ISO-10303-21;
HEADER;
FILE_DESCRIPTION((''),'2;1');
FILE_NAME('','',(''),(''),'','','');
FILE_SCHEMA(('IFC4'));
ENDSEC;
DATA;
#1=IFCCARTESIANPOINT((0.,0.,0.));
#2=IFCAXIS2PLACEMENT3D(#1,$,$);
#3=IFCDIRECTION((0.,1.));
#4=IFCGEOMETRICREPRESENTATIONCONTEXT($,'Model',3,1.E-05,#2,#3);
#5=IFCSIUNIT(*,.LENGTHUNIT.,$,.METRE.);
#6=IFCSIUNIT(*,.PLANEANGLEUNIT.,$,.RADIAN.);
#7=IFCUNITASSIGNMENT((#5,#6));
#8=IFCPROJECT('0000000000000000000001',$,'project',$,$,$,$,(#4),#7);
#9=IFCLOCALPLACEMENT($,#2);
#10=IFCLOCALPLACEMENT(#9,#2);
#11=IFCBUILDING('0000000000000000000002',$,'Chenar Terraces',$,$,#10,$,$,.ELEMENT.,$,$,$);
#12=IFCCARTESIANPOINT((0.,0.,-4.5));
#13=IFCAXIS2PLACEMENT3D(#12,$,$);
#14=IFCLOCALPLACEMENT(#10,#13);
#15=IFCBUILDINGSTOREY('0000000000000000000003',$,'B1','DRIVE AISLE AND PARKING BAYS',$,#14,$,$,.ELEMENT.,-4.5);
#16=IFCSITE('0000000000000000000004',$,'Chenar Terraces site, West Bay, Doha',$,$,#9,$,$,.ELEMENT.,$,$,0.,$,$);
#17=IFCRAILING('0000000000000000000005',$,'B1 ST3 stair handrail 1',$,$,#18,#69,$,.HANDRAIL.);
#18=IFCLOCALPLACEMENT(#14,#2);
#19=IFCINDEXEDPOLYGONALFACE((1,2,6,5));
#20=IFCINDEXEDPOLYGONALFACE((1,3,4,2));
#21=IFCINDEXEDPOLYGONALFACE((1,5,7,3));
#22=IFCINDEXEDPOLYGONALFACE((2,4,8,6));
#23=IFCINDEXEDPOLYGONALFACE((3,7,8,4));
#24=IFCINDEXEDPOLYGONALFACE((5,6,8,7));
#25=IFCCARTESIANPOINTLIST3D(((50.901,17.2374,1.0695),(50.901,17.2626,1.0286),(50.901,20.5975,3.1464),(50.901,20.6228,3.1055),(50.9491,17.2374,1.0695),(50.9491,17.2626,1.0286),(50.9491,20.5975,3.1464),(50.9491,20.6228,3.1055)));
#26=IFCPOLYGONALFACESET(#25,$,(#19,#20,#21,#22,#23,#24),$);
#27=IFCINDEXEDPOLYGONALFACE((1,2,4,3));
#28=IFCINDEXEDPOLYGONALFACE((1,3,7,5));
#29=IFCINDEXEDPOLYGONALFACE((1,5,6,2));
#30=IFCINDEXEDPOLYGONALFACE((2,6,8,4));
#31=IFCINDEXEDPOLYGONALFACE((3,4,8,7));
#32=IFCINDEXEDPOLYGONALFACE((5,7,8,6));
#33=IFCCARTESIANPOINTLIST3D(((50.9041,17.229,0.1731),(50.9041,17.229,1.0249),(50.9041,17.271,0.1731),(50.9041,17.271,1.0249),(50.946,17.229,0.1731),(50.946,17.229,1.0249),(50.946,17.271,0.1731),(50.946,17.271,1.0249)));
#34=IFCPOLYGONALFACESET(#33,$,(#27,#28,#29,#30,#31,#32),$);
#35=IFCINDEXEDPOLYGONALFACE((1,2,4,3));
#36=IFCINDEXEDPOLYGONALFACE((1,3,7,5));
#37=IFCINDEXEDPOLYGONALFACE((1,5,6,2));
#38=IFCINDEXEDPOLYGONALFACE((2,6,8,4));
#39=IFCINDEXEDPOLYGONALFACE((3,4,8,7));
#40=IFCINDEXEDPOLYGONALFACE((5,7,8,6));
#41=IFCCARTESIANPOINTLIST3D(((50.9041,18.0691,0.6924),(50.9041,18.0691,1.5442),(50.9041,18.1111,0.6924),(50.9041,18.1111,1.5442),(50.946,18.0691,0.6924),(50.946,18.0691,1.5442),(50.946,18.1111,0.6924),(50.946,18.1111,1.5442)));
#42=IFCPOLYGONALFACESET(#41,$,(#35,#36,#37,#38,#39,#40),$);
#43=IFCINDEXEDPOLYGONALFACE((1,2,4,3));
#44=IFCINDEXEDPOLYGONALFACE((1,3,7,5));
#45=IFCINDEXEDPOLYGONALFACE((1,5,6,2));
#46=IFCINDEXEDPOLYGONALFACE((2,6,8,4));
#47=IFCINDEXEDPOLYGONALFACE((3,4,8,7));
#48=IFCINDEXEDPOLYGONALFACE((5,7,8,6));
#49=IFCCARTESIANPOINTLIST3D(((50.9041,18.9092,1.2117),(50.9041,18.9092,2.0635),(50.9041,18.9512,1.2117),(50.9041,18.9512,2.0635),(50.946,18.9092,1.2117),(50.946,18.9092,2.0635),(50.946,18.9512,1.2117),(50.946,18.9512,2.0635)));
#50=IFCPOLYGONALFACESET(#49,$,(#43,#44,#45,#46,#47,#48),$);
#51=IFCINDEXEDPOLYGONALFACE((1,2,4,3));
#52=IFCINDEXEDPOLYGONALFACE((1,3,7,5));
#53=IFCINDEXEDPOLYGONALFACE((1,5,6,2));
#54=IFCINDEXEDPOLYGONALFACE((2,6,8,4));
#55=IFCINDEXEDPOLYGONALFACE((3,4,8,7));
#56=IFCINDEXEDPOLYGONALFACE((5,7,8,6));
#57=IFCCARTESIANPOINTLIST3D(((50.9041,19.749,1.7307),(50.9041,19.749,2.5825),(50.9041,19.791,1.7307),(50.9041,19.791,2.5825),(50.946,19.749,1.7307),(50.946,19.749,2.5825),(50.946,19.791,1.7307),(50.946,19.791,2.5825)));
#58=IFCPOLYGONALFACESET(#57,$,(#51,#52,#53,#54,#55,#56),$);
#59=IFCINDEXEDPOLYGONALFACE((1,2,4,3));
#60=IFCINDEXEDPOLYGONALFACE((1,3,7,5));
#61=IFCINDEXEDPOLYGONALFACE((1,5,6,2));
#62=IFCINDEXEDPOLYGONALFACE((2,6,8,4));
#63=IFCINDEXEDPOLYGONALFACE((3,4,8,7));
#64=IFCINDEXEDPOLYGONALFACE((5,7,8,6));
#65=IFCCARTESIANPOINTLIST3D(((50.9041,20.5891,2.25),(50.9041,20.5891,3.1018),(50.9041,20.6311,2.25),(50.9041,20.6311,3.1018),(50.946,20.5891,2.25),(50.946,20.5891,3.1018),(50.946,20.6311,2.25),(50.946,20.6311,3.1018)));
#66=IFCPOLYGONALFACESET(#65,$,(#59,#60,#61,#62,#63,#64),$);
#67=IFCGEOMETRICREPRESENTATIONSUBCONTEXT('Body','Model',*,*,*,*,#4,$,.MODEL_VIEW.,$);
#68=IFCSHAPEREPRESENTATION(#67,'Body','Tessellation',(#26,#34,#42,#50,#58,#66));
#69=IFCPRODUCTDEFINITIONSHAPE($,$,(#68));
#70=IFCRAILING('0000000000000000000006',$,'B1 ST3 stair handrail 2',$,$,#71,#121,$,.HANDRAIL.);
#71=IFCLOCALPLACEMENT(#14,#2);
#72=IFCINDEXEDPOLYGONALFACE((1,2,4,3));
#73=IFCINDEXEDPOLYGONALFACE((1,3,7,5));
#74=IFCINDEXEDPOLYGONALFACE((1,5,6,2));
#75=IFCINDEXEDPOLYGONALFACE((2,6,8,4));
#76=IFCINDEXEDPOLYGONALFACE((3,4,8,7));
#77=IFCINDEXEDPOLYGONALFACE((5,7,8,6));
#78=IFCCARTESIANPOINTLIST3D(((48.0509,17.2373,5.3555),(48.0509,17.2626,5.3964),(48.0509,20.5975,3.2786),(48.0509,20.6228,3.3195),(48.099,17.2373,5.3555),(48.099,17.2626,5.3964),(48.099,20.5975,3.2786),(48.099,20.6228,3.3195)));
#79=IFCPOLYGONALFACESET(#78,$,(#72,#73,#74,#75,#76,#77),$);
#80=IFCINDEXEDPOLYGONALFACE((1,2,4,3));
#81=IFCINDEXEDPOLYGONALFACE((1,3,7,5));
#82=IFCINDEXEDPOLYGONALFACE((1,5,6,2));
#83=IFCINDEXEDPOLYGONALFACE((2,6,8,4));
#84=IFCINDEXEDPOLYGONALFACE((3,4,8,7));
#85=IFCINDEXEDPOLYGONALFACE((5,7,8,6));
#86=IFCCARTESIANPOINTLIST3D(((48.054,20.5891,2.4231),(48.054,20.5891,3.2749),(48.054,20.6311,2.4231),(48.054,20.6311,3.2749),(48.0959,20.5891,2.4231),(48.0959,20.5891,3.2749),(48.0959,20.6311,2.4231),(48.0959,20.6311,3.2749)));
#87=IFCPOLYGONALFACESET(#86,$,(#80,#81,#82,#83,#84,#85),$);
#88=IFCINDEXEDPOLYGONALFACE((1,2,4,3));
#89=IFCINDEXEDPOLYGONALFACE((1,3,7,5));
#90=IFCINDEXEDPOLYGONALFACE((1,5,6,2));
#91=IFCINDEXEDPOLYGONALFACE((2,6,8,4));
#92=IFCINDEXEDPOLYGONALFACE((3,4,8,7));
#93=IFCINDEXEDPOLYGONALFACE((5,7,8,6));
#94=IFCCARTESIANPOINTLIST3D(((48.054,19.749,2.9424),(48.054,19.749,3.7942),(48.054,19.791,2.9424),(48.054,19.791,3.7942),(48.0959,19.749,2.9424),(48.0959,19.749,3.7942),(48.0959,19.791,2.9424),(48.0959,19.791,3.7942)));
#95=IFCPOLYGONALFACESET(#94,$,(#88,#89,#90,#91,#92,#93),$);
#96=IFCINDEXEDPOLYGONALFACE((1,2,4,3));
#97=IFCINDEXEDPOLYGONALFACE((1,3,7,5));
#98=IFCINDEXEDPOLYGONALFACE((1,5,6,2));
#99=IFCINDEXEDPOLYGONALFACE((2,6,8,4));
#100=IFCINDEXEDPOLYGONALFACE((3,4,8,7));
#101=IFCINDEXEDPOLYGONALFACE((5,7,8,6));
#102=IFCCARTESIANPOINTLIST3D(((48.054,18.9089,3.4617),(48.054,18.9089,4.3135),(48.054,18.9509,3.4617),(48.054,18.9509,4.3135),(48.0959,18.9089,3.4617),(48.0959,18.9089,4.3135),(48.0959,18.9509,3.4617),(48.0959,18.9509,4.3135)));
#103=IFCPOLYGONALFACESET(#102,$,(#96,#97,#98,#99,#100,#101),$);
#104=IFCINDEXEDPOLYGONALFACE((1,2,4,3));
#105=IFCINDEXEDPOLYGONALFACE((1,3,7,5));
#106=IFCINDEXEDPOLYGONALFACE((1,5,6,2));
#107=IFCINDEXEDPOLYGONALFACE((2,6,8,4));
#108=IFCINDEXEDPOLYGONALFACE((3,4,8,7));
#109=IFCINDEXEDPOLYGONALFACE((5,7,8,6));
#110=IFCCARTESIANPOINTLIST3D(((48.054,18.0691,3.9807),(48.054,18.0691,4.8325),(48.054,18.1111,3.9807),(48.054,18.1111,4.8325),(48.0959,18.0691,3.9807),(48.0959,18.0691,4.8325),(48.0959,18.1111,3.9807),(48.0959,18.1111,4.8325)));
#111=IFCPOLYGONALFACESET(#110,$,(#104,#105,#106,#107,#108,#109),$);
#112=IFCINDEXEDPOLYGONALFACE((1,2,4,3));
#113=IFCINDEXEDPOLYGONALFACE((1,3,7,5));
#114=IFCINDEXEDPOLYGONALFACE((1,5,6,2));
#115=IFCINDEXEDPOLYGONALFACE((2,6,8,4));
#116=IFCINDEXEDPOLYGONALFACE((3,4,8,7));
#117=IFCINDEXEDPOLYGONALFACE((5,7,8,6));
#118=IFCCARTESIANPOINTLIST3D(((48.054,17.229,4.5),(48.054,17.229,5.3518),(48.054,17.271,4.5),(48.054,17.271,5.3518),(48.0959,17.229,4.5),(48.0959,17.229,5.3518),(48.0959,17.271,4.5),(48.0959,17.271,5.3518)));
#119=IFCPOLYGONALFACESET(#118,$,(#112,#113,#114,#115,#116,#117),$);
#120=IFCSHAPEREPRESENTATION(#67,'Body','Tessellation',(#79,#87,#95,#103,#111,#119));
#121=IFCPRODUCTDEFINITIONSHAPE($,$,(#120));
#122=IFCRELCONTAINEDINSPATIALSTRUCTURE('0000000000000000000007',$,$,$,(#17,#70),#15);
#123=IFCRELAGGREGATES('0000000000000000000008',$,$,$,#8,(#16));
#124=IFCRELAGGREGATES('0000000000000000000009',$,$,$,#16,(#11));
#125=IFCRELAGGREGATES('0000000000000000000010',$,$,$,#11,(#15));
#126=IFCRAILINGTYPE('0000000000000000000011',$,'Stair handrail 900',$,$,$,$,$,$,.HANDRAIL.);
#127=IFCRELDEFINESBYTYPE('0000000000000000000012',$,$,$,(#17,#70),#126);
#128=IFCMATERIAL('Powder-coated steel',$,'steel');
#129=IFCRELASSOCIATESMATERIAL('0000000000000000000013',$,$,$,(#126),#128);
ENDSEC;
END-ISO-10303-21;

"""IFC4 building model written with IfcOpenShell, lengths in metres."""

from ifc_helpers import new_model, si_unit, direction, frame, origin, origin_2d, place, context, subcontext, project, spatial, rectangle, extrude, material, type_object, element, save


model = new_model("IFC4")

# Units and contexts
model_context = context("Model", 3, precision=1e-05, world=origin(), true_north=direction((0.0, 1.0)))
body_context = subcontext(model_context, "Body", "Model", "MODEL_VIEW")
ifc_project = project(units=[si_unit("LENGTHUNIT", "METRE"), si_unit("PLANEANGLEUNIT", "RADIAN")], contexts=[model_context])

# Site, building, storey
site_placement = place(None, origin())
site = spatial("IfcSite", under=ifc_project, at=site_placement, Name="Chenar Terraces site, West Bay, Doha", CompositionType="ELEMENT", RefElevation=0.0)
building_placement = place(site_placement, origin())
building = spatial("IfcBuilding", under=site, at=building_placement, Name="Chenar Terraces", CompositionType="ELEMENT")
storey_placement = place(building_placement, frame((0.0, 0.0, -4.5)))
storey = spatial("IfcBuildingStorey", under=building, at=storey_placement, Name="B1", Description="DRIVE AISLE AND PARKING BAYS", CompositionType="ELEMENT", Elevation=-4.5)

# Railings
ifc_material_1 = material(Name="Powder-coated steel", Category="steel")
railing_type = type_object("IfcRailingType", Name="Stair handrail 900", PredefinedType="HANDRAIL", material=ifc_material_1)
railing_1_placement = place(storey_placement, frame((50.925, 17.25, 0.1731)))
element("IfcRailing", 1, at=railing_1_placement, inside=storey, type_object=railing_type, Name="B1 ST3 stair handrail 1", PredefinedType="HANDRAIL", context=body_context, shape_type="SweptSolid", body=[
    extrude(rectangle(XDim=0.0481, YDim=0.0481, at=origin_2d()), frame((0.0, 0.0, 0.876), z_axis=(0.0, 0.850623, 0.525776), x_axis=(-1.0, 0.0, 0.0)), (0.0, 0.0, 1.0), 3.9502),
    extrude(rectangle(XDim=0.042, YDim=0.042, at=origin_2d()), origin(), (0.0, 0.0, 1.0), 0.8518),
    extrude(rectangle(XDim=0.042, YDim=0.042, at=origin_2d()), frame((0.0, 0.8401, 0.5193)), (0.0, 0.0, 1.0), 0.8518),
    extrude(rectangle(XDim=0.042, YDim=0.042, at=origin_2d()), frame((0.0, 1.6802, 1.0386)), (0.0, 0.0, 1.0), 0.8518),
    extrude(rectangle(XDim=0.042, YDim=0.042, at=origin_2d()), frame((0.0, 2.52, 1.5576)), (0.0, 0.0, 1.0), 0.8518),
    extrude(rectangle(XDim=0.042, YDim=0.042, at=origin_2d()), frame((0.0, 3.3601, 2.0769)), (0.0, 0.0, 1.0), 0.8518),
])
railing_2_placement = place(storey_placement, frame((48.075, 20.6101, 2.4231)))
element("IfcRailing", 2, at=railing_2_placement, inside=storey, type_object=railing_type, Name="B1 ST3 stair handrail 2", PredefinedType="HANDRAIL", context=body_context, shape_type="SweptSolid", body=[
    extrude(rectangle(XDim=0.0481, YDim=0.0481, at=origin_2d()), frame((0.0, 0.0, 0.876), z_axis=(0.0, -0.850623, 0.525776), x_axis=(1.0, 0.0, 0.0)), (0.0, 0.0, 1.0), 3.9502),
    extrude(rectangle(XDim=0.042, YDim=0.042, at=origin_2d()), origin(), (0.0, 0.0, 1.0), 0.8518),
    extrude(rectangle(XDim=0.042, YDim=0.042, at=origin_2d()), frame((0.0, -0.8401, 0.5193)), (0.0, 0.0, 1.0), 0.8518),
    extrude(rectangle(XDim=0.042, YDim=0.042, at=origin_2d()), frame((0.0, -1.6802, 1.0386)), (0.0, 0.0, 1.0), 0.8518),
    extrude(rectangle(XDim=0.042, YDim=0.042, at=origin_2d()), frame((0.0, -2.52, 1.5576)), (0.0, 0.0, 1.0), 0.8518),
    extrude(rectangle(XDim=0.042, YDim=0.042, at=origin_2d()), frame((0.0, -3.3601, 2.0769)), (0.0, 0.0, 1.0), 0.8518),
])

save(model, "model.ifc")
